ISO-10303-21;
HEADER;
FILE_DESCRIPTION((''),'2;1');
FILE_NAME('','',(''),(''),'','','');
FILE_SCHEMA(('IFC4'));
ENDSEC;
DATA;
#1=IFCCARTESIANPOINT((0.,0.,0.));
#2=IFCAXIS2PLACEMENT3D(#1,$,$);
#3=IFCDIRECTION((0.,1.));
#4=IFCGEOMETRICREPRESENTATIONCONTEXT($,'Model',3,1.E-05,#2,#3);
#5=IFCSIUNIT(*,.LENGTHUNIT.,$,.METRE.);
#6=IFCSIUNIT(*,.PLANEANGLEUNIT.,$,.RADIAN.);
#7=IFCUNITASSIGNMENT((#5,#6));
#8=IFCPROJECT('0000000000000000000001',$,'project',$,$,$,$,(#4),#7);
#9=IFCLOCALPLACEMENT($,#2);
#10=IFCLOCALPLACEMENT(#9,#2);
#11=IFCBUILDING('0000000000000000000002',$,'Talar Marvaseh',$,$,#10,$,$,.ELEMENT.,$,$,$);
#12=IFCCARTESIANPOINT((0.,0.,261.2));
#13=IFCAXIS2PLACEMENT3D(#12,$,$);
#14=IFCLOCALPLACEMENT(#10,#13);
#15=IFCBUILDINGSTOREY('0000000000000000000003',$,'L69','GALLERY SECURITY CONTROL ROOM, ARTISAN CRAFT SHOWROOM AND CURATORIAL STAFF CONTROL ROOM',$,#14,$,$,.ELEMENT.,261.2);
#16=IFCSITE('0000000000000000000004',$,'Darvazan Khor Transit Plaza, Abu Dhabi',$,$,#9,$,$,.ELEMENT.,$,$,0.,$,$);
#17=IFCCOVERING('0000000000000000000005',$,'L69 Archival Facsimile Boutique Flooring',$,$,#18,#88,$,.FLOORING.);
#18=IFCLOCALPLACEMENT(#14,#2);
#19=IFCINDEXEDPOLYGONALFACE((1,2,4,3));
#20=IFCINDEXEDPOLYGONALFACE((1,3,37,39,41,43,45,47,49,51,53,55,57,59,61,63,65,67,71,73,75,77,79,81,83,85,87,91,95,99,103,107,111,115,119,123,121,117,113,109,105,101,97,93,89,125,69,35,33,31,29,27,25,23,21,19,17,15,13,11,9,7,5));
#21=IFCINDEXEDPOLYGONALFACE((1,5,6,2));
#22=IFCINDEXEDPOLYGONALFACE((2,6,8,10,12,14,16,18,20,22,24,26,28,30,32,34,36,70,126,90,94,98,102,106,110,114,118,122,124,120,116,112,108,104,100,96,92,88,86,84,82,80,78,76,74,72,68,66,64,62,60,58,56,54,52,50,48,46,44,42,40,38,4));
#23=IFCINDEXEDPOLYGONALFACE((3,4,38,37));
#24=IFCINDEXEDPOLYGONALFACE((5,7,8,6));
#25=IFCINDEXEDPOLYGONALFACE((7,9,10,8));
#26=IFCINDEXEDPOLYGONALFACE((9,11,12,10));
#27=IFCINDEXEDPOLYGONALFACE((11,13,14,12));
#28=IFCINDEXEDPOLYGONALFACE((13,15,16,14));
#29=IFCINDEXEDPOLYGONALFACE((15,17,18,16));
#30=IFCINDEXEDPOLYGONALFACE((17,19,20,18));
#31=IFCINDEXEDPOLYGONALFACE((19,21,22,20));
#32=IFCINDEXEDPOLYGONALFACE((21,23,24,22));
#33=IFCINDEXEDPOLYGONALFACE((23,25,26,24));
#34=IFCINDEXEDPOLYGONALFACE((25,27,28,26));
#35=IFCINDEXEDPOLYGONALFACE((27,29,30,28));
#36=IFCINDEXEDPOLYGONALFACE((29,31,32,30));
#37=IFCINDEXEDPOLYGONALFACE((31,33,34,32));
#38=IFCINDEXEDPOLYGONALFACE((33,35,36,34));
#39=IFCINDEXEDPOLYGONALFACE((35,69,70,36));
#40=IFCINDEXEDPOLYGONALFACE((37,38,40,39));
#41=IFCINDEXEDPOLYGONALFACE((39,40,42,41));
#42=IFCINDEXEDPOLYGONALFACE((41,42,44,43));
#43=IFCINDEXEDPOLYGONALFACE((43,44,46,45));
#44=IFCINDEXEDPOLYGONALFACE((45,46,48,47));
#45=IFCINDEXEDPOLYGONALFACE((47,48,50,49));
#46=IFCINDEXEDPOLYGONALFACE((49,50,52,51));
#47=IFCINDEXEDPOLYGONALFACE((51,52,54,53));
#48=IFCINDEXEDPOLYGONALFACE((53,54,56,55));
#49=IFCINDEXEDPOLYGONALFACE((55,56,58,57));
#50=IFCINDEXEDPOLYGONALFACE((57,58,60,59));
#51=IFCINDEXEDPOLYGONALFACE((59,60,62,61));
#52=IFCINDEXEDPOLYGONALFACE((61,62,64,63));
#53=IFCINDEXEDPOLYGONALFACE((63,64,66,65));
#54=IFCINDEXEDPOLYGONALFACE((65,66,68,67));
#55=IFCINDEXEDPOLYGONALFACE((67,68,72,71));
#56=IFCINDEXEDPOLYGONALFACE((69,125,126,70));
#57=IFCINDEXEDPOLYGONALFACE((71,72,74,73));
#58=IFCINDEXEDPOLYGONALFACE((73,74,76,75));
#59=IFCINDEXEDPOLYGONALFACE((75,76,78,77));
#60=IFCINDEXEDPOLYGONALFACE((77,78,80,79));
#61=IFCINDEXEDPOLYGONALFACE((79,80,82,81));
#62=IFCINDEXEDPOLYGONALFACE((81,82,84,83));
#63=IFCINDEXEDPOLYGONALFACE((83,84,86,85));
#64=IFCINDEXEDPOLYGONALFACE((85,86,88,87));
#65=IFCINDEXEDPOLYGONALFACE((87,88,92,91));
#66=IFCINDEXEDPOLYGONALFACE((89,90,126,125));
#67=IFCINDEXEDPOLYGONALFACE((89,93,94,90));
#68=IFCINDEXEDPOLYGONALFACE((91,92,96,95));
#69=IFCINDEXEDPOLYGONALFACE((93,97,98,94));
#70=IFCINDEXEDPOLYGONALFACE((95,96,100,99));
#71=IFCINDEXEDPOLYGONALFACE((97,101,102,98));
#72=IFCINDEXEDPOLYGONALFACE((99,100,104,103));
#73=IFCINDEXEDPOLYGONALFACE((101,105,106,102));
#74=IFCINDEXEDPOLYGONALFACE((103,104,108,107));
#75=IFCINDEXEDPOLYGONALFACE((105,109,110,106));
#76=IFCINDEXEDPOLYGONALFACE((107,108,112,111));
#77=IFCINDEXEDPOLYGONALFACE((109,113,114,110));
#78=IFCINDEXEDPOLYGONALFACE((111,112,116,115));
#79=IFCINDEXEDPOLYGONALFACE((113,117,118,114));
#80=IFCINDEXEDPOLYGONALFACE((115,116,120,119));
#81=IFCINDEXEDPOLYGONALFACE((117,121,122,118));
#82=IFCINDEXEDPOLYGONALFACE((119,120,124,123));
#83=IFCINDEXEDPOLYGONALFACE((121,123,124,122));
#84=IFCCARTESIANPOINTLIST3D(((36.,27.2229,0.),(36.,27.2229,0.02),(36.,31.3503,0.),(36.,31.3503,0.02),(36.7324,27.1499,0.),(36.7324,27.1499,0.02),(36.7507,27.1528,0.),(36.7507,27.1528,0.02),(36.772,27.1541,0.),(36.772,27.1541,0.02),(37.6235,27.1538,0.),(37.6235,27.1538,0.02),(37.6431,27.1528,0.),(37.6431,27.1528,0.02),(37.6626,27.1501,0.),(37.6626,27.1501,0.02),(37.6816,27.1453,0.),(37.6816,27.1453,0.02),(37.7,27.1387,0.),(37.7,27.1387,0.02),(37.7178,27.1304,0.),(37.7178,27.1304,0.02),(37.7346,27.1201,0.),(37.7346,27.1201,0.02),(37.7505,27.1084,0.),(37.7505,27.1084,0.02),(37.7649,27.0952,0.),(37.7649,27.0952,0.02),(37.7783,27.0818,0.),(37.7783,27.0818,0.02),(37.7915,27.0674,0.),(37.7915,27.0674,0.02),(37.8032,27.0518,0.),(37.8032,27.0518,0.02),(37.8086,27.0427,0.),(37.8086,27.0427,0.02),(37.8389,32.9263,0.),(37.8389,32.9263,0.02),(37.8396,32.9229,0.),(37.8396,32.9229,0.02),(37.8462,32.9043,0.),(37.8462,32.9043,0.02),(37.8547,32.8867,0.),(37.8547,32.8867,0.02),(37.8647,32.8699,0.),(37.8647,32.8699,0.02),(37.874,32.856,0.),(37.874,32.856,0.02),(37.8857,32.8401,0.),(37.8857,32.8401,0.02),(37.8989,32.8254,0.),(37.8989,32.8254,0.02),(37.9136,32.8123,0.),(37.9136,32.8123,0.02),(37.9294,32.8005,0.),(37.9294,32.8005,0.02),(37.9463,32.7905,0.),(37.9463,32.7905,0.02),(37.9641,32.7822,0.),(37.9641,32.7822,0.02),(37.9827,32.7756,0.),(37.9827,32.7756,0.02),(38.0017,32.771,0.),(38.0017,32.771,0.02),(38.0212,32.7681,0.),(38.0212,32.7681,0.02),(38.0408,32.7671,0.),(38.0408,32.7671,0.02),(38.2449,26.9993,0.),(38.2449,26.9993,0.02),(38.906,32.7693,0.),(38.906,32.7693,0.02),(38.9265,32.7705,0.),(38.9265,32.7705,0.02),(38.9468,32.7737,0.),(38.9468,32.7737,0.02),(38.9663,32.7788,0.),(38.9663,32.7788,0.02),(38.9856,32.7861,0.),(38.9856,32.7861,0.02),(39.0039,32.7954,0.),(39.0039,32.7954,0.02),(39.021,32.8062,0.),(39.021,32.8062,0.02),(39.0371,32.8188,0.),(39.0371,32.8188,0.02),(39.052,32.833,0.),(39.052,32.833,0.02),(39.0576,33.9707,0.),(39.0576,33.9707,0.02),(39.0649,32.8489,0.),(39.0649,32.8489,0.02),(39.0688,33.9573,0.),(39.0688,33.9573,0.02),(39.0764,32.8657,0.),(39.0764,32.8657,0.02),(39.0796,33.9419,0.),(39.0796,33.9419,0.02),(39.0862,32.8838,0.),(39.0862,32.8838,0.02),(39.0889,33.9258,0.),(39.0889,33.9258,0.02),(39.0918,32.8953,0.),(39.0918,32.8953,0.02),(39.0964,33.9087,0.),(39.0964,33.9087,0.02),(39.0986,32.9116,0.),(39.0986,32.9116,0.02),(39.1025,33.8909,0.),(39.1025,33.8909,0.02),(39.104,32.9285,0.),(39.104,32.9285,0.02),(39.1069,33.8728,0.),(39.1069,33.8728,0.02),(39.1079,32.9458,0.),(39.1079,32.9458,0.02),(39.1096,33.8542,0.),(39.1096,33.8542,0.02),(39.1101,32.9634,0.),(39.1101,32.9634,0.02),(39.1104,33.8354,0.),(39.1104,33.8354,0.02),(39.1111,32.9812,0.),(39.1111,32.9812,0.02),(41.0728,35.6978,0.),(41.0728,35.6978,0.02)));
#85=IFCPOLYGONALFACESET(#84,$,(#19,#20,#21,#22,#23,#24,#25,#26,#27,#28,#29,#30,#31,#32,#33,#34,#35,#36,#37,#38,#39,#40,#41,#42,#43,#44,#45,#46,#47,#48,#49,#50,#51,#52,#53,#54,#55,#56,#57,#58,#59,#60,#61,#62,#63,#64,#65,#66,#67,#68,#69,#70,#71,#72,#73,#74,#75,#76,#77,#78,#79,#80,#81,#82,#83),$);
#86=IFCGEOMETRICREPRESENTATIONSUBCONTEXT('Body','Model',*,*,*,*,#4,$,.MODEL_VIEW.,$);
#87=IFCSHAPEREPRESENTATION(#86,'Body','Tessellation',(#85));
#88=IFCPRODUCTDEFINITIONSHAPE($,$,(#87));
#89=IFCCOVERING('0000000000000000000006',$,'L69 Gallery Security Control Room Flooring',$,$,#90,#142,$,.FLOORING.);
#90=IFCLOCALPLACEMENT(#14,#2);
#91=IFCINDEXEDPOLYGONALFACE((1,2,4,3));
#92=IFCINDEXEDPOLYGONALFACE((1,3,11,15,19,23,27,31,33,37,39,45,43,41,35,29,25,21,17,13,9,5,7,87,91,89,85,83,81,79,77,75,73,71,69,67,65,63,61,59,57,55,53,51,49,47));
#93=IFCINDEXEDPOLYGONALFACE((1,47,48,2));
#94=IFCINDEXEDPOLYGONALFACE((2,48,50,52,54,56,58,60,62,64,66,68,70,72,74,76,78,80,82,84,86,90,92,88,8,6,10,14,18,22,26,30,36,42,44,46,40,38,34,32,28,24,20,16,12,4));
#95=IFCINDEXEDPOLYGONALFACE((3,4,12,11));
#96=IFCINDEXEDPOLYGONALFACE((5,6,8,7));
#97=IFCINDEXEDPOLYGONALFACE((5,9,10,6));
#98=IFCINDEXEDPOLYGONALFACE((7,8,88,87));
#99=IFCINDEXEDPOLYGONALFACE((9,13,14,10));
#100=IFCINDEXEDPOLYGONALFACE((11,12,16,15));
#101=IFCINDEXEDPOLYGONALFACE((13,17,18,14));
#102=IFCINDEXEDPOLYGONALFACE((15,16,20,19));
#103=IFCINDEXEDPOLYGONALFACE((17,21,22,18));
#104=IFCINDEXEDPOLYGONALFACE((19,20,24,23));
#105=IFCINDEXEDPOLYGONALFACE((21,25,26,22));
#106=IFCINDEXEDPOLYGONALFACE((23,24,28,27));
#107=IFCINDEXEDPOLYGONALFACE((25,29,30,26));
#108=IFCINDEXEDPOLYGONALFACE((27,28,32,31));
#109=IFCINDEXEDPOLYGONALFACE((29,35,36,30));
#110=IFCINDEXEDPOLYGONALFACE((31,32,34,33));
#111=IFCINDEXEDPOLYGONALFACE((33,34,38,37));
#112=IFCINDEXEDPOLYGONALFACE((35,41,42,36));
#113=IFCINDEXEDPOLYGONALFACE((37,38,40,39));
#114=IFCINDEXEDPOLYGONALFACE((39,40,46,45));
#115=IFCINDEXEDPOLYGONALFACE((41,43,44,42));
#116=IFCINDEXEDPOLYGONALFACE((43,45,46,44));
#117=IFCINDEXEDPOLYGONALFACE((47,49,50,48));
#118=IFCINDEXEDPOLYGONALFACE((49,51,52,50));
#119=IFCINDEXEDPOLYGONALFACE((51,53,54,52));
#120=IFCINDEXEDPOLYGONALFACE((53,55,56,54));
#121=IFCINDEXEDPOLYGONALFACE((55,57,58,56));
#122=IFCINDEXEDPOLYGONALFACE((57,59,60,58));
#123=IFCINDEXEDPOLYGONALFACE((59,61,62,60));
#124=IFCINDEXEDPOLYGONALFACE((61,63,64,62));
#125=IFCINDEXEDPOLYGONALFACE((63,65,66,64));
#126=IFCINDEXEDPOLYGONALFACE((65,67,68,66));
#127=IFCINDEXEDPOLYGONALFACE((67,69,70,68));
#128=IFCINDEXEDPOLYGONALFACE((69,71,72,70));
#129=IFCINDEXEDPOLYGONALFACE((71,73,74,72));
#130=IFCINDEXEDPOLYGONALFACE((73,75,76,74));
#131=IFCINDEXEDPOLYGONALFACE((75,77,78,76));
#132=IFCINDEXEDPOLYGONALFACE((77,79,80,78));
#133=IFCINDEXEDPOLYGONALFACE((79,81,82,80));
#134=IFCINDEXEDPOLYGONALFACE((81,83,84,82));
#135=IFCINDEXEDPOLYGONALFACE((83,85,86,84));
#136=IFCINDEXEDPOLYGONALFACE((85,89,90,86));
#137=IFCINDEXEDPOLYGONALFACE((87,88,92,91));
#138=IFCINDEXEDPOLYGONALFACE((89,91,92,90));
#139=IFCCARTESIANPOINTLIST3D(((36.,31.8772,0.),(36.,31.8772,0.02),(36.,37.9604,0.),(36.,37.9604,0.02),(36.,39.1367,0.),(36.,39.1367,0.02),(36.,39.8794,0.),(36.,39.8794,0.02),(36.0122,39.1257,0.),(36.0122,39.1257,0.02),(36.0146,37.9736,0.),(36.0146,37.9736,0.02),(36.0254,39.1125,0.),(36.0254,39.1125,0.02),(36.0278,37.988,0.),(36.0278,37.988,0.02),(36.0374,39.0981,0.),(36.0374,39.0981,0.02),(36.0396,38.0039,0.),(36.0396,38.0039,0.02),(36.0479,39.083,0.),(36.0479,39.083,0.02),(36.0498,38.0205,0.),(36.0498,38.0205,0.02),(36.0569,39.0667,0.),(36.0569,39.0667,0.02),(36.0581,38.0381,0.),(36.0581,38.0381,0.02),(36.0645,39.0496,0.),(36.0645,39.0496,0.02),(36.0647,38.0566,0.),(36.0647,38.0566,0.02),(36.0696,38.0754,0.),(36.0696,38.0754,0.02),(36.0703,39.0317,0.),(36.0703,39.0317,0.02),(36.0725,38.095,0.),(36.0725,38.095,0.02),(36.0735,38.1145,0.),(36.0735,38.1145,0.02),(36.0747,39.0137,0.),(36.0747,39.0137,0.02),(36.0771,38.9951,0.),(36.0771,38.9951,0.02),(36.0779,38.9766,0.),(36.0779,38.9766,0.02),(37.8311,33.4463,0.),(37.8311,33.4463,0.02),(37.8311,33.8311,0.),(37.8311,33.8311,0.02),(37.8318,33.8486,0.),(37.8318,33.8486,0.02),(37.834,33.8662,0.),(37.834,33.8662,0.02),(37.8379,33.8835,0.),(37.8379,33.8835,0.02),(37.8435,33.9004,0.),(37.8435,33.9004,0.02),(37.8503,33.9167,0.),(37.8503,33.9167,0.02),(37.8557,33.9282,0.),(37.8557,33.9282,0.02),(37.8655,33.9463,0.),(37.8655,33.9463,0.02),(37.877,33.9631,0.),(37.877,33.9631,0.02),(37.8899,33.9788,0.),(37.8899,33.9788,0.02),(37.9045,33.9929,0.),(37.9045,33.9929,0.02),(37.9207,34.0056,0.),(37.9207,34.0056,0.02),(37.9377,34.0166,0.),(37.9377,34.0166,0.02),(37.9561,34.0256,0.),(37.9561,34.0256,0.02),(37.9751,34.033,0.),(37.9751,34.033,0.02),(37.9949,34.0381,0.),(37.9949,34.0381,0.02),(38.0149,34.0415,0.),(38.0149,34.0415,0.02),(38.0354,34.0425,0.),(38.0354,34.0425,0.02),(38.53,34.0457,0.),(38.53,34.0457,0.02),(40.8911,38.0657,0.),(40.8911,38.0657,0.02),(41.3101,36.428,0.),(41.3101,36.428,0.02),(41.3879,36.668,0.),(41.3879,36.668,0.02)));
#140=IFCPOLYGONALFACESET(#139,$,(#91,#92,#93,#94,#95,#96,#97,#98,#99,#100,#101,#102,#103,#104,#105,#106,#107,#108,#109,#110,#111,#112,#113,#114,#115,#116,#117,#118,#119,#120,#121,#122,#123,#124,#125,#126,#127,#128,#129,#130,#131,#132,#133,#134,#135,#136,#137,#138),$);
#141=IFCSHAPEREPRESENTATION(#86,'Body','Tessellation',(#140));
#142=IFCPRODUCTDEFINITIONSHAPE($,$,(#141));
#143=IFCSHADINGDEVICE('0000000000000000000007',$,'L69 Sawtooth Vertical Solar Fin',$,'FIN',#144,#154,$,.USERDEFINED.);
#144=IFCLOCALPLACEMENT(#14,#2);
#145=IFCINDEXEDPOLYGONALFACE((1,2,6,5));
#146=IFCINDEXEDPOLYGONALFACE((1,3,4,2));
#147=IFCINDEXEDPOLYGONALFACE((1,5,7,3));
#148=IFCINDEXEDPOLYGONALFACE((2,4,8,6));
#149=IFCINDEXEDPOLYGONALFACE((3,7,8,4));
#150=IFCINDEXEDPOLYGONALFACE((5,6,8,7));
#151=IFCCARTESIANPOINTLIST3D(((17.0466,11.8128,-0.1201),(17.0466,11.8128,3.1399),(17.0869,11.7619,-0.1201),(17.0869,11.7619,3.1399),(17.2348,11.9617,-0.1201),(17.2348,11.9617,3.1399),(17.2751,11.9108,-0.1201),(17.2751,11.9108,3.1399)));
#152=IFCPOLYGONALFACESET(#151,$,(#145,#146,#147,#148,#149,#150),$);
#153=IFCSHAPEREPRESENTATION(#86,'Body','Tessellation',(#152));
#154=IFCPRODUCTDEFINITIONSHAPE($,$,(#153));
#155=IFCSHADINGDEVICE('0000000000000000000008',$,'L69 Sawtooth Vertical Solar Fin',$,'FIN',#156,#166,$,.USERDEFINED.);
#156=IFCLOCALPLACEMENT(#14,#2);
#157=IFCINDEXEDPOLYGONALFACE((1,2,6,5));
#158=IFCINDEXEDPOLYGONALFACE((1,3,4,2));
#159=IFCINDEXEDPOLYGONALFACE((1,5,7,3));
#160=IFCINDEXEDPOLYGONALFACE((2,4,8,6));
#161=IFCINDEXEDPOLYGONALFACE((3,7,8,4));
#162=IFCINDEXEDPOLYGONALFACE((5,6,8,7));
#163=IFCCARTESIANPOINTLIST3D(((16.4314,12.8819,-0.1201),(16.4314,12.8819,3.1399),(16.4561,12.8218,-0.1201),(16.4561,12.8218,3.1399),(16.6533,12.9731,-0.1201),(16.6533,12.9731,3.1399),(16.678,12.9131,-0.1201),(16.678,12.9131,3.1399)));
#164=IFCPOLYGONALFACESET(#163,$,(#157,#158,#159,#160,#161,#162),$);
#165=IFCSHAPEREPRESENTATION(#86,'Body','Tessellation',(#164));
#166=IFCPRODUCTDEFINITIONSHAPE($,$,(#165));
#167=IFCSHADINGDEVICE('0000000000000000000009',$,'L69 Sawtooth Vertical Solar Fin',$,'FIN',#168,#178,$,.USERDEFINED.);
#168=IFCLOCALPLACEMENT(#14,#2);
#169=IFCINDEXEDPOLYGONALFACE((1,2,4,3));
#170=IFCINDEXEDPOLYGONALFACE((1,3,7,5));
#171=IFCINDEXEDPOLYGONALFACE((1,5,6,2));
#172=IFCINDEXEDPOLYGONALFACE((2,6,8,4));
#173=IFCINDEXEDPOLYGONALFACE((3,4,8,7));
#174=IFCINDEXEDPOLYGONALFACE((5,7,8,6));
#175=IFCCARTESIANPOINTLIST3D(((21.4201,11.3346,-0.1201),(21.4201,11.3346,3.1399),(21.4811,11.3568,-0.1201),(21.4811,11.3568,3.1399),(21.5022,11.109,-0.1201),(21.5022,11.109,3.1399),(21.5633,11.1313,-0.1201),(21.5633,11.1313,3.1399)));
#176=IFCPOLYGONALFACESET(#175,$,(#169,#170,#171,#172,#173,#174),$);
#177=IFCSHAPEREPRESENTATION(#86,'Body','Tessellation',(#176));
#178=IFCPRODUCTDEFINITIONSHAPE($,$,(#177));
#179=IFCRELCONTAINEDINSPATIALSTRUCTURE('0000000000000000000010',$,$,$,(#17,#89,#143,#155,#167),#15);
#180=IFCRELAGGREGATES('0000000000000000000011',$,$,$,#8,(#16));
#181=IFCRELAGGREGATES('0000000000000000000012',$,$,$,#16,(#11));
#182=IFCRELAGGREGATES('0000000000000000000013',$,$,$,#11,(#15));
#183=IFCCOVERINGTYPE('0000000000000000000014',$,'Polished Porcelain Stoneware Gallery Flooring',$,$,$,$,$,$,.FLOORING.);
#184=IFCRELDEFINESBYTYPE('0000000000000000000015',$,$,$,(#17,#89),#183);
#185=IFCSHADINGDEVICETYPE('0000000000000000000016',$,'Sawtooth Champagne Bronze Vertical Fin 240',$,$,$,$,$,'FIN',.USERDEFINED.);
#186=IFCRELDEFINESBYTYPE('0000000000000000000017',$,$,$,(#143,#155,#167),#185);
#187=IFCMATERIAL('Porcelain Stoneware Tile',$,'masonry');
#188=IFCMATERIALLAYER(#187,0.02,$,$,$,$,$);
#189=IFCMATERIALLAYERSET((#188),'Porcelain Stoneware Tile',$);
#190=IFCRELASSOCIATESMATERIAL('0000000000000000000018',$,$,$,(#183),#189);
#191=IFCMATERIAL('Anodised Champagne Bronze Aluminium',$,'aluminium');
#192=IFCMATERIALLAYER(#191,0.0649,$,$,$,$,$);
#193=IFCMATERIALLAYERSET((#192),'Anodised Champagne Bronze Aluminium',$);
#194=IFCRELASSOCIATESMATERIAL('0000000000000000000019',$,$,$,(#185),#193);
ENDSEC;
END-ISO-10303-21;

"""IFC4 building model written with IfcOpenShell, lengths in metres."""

from ifc_helpers import new_model, si_unit, direction, frame, origin, origin_2d, place, context, subcontext, project, spatial, polyline, rectangle, outline, extrude, source, transform, mapped, material, layer, layer_set, type_object, type_shapes, element, save


model = new_model("IFC4")

# Units and contexts
model_context = context("Model", 3, precision=1e-05, world=origin(), true_north=direction((0.0, 1.0)))
body_context = subcontext(model_context, "Body", "Model", "MODEL_VIEW")
ifc_project = project(units=[si_unit("LENGTHUNIT", "METRE"), si_unit("PLANEANGLEUNIT", "RADIAN")], contexts=[model_context])

# Site, building, storey
site_placement = place(None, origin())
site = spatial("IfcSite", under=ifc_project, at=site_placement, Name="Darvazan Khor Transit Plaza, Abu Dhabi", CompositionType="ELEMENT", RefElevation=0.0)
building_placement = place(site_placement, origin())
building = spatial("IfcBuilding", under=site, at=building_placement, Name="Talar Marvaseh", CompositionType="ELEMENT")
storey_placement = place(building_placement, frame((0.0, 0.0, 261.2)))
storey = spatial("IfcBuildingStorey", under=building, at=storey_placement, Name="L69", Description="GALLERY SECURITY CONTROL ROOM, ARTISAN CRAFT SHOWROOM AND CURATORIAL STAFF CONTROL ROOM", CompositionType="ELEMENT", Elevation=261.2)

# Coverings
ifc_material_1 = material(Name="Porcelain Stoneware Tile", Category="masonry")
ifc_layer_1 = layer(ifc_material_1, 0.02)
ifc_layer_set_1 = layer_set([ifc_layer_1], Name="Porcelain Stoneware Tile")
covering_type_1 = type_object("IfcCoveringType", Name="Polished Porcelain Stoneware Gallery Flooring", PredefinedType="FLOORING", material=ifc_layer_set_1)
covering_1_placement = place(storey_placement, origin())
element("IfcCovering", 1, at=covering_1_placement, inside=storey, type_object=covering_type_1, Name="L69 Archival Facsimile Boutique Flooring", PredefinedType="FLOORING", context=body_context, shape_type="SweptSolid", body=[
    extrude(outline(polyline([(36.0, 31.3503), (37.8389, 32.9263), (37.8396, 32.9229), (37.8462, 32.9043), (37.8547, 32.8867), (37.8647, 32.8699), (37.874, 32.856), (37.8857, 32.8401), (37.8989, 32.8254), (37.9136, 32.8123), (37.9294, 32.8005), (37.9463, 32.7905), (37.9641, 32.7822), (37.9827, 32.7756), (38.0017, 32.771), (38.0212, 32.7681), (38.0408, 32.7671), (38.906, 32.7693), (38.9265, 32.7705), (38.9468, 32.7737), (38.9663, 32.7788), (38.9856, 32.7861), (39.0039, 32.7954), (39.021, 32.8062), (39.0371, 32.8188), (39.052, 32.833), (39.0649, 32.8489), (39.0764, 32.8657), (39.0862, 32.8838), (39.0918, 32.8953), (39.0986, 32.9116), (39.104, 32.9285), (39.1079, 32.9458), (39.1101, 32.9634), (39.1111, 32.9812), (39.1104, 33.8354), (39.1096, 33.8542), (39.1069, 33.8728), (39.1025, 33.8909), (39.0964, 33.9087), (39.0889, 33.9258), (39.0796, 33.9419), (39.0688, 33.9573), (39.0576, 33.9707), (41.0728, 35.6978), (38.2449, 26.9993), (37.8086, 27.0427), (37.8032, 27.0518), (37.7915, 27.0674), (37.7783, 27.0818), (37.7649, 27.0952), (37.7505, 27.1084), (37.7346, 27.1201), (37.7178, 27.1304), (37.7, 27.1387), (37.6816, 27.1453), (37.6626, 27.1501), (37.6431, 27.1528), (37.6235, 27.1538), (36.772, 27.1541), (36.7507, 27.1528), (36.7324, 27.1499), (36.0, 27.2229), (36.0, 31.3503)])), origin(), (0.0, 0.0, 1.0), 0.02),
])
covering_2_placement = place(storey_placement, origin())
element("IfcCovering", 2, at=covering_2_placement, inside=storey, type_object=covering_type_1, Name="L69 Gallery Security Control Room Flooring", PredefinedType="FLOORING", context=body_context, shape_type="SweptSolid", body=[
    extrude(outline(polyline([(41.3879, 36.668), (41.3101, 36.428), (38.53, 34.0457), (38.0354, 34.0425), (38.0149, 34.0415), (37.9949, 34.0381), (37.9751, 34.033), (37.9561, 34.0256), (37.9377, 34.0166), (37.9207, 34.0056), (37.9045, 33.9929), (37.8899, 33.9788), (37.877, 33.9631), (37.8655, 33.9463), (37.8557, 33.9282), (37.8503, 33.9167), (37.8435, 33.9004), (37.8379, 33.8835), (37.834, 33.8662), (37.8318, 33.8486), (37.8311, 33.8311), (37.8311, 33.4463), (36.0, 31.8772), (36.0, 37.9604), (36.0, 37.9604), (36.0146, 37.9736), (36.0278, 37.988), (36.0396, 38.0039), (36.0498, 38.0205), (36.0581, 38.0381), (36.0647, 38.0566), (36.0696, 38.0754), (36.0725, 38.095), (36.0735, 38.1145), (36.0779, 38.9766), (36.0771, 38.9951), (36.0747, 39.0137), (36.0703, 39.0317), (36.0645, 39.0496), (36.0569, 39.0667), (36.0479, 39.083), (36.0374, 39.0981), (36.0254, 39.1125), (36.0122, 39.1257), (36.0, 39.1367), (36.0, 39.8794), (40.8911, 38.0657), (41.3879, 36.668)])), origin(), (0.0, 0.0, 1.0), 0.02),
])

# Shading devices
ifc_material_2 = material(Name="Anodised Champagne Bronze Aluminium", Category="aluminium")
ifc_layer_2 = layer(ifc_material_2, 0.0649)
ifc_layer_set_2 = layer_set([ifc_layer_2], Name="Anodised Champagne Bronze Aluminium")
shading_device_type_1 = type_object("IfcShadingDeviceType", Name="Sawtooth Champagne Bronze Vertical Fin 240", ElementType="FIN", PredefinedType="USERDEFINED", material=ifc_layer_set_2)
shared_shape_1 = source(origin(), body_context, "Body", "SweptSolid", [
    extrude(rectangle(XDim=0.24, YDim=0.0649, at=origin_2d()), origin(), (0.0, 0.0, 1.0), 3.26),
])
type_shapes(shading_device_type_1, [shared_shape_1])
for number, where, z_axis, x_axis, name in (
    (3, (17.1609, 11.8618, -0.1201), (0.0, 0.0, 1.0), (-0.784235, -0.620464, 0.0), "L69 Sawtooth Vertical Solar Fin"),
    (4, (16.5547, 12.8975, -0.1201), (0.0, 0.0, 1.0), (-0.924878, -0.380263, 0.0), "L69 Sawtooth Vertical Solar Fin"),
    (5, (21.4917, 11.2329, -0.1201), (0.0, 0.0, 1.0), (0.342184, -0.939633, 0.0), "L69 Sawtooth Vertical Solar Fin"),
):
    element("IfcShadingDevice", number, at=place(storey_placement, frame(where, z_axis=z_axis, x_axis=x_axis)), inside=storey, type_object=shading_device_type_1, Name=name, ObjectType="FIN", PredefinedType="USERDEFINED", context=body_context, shape_type="MappedRepresentation", body=[
        mapped(shared_shape_1, transform((0.0, 0.0, 0.0), x_axis=(1.0, 0.0, 0.0), y_axis=(0.0, 1.0, 0.0), z_axis=(0.0, 0.0, 1.0), scale=1.0)),
    ])

save(model, "model.ifc")
